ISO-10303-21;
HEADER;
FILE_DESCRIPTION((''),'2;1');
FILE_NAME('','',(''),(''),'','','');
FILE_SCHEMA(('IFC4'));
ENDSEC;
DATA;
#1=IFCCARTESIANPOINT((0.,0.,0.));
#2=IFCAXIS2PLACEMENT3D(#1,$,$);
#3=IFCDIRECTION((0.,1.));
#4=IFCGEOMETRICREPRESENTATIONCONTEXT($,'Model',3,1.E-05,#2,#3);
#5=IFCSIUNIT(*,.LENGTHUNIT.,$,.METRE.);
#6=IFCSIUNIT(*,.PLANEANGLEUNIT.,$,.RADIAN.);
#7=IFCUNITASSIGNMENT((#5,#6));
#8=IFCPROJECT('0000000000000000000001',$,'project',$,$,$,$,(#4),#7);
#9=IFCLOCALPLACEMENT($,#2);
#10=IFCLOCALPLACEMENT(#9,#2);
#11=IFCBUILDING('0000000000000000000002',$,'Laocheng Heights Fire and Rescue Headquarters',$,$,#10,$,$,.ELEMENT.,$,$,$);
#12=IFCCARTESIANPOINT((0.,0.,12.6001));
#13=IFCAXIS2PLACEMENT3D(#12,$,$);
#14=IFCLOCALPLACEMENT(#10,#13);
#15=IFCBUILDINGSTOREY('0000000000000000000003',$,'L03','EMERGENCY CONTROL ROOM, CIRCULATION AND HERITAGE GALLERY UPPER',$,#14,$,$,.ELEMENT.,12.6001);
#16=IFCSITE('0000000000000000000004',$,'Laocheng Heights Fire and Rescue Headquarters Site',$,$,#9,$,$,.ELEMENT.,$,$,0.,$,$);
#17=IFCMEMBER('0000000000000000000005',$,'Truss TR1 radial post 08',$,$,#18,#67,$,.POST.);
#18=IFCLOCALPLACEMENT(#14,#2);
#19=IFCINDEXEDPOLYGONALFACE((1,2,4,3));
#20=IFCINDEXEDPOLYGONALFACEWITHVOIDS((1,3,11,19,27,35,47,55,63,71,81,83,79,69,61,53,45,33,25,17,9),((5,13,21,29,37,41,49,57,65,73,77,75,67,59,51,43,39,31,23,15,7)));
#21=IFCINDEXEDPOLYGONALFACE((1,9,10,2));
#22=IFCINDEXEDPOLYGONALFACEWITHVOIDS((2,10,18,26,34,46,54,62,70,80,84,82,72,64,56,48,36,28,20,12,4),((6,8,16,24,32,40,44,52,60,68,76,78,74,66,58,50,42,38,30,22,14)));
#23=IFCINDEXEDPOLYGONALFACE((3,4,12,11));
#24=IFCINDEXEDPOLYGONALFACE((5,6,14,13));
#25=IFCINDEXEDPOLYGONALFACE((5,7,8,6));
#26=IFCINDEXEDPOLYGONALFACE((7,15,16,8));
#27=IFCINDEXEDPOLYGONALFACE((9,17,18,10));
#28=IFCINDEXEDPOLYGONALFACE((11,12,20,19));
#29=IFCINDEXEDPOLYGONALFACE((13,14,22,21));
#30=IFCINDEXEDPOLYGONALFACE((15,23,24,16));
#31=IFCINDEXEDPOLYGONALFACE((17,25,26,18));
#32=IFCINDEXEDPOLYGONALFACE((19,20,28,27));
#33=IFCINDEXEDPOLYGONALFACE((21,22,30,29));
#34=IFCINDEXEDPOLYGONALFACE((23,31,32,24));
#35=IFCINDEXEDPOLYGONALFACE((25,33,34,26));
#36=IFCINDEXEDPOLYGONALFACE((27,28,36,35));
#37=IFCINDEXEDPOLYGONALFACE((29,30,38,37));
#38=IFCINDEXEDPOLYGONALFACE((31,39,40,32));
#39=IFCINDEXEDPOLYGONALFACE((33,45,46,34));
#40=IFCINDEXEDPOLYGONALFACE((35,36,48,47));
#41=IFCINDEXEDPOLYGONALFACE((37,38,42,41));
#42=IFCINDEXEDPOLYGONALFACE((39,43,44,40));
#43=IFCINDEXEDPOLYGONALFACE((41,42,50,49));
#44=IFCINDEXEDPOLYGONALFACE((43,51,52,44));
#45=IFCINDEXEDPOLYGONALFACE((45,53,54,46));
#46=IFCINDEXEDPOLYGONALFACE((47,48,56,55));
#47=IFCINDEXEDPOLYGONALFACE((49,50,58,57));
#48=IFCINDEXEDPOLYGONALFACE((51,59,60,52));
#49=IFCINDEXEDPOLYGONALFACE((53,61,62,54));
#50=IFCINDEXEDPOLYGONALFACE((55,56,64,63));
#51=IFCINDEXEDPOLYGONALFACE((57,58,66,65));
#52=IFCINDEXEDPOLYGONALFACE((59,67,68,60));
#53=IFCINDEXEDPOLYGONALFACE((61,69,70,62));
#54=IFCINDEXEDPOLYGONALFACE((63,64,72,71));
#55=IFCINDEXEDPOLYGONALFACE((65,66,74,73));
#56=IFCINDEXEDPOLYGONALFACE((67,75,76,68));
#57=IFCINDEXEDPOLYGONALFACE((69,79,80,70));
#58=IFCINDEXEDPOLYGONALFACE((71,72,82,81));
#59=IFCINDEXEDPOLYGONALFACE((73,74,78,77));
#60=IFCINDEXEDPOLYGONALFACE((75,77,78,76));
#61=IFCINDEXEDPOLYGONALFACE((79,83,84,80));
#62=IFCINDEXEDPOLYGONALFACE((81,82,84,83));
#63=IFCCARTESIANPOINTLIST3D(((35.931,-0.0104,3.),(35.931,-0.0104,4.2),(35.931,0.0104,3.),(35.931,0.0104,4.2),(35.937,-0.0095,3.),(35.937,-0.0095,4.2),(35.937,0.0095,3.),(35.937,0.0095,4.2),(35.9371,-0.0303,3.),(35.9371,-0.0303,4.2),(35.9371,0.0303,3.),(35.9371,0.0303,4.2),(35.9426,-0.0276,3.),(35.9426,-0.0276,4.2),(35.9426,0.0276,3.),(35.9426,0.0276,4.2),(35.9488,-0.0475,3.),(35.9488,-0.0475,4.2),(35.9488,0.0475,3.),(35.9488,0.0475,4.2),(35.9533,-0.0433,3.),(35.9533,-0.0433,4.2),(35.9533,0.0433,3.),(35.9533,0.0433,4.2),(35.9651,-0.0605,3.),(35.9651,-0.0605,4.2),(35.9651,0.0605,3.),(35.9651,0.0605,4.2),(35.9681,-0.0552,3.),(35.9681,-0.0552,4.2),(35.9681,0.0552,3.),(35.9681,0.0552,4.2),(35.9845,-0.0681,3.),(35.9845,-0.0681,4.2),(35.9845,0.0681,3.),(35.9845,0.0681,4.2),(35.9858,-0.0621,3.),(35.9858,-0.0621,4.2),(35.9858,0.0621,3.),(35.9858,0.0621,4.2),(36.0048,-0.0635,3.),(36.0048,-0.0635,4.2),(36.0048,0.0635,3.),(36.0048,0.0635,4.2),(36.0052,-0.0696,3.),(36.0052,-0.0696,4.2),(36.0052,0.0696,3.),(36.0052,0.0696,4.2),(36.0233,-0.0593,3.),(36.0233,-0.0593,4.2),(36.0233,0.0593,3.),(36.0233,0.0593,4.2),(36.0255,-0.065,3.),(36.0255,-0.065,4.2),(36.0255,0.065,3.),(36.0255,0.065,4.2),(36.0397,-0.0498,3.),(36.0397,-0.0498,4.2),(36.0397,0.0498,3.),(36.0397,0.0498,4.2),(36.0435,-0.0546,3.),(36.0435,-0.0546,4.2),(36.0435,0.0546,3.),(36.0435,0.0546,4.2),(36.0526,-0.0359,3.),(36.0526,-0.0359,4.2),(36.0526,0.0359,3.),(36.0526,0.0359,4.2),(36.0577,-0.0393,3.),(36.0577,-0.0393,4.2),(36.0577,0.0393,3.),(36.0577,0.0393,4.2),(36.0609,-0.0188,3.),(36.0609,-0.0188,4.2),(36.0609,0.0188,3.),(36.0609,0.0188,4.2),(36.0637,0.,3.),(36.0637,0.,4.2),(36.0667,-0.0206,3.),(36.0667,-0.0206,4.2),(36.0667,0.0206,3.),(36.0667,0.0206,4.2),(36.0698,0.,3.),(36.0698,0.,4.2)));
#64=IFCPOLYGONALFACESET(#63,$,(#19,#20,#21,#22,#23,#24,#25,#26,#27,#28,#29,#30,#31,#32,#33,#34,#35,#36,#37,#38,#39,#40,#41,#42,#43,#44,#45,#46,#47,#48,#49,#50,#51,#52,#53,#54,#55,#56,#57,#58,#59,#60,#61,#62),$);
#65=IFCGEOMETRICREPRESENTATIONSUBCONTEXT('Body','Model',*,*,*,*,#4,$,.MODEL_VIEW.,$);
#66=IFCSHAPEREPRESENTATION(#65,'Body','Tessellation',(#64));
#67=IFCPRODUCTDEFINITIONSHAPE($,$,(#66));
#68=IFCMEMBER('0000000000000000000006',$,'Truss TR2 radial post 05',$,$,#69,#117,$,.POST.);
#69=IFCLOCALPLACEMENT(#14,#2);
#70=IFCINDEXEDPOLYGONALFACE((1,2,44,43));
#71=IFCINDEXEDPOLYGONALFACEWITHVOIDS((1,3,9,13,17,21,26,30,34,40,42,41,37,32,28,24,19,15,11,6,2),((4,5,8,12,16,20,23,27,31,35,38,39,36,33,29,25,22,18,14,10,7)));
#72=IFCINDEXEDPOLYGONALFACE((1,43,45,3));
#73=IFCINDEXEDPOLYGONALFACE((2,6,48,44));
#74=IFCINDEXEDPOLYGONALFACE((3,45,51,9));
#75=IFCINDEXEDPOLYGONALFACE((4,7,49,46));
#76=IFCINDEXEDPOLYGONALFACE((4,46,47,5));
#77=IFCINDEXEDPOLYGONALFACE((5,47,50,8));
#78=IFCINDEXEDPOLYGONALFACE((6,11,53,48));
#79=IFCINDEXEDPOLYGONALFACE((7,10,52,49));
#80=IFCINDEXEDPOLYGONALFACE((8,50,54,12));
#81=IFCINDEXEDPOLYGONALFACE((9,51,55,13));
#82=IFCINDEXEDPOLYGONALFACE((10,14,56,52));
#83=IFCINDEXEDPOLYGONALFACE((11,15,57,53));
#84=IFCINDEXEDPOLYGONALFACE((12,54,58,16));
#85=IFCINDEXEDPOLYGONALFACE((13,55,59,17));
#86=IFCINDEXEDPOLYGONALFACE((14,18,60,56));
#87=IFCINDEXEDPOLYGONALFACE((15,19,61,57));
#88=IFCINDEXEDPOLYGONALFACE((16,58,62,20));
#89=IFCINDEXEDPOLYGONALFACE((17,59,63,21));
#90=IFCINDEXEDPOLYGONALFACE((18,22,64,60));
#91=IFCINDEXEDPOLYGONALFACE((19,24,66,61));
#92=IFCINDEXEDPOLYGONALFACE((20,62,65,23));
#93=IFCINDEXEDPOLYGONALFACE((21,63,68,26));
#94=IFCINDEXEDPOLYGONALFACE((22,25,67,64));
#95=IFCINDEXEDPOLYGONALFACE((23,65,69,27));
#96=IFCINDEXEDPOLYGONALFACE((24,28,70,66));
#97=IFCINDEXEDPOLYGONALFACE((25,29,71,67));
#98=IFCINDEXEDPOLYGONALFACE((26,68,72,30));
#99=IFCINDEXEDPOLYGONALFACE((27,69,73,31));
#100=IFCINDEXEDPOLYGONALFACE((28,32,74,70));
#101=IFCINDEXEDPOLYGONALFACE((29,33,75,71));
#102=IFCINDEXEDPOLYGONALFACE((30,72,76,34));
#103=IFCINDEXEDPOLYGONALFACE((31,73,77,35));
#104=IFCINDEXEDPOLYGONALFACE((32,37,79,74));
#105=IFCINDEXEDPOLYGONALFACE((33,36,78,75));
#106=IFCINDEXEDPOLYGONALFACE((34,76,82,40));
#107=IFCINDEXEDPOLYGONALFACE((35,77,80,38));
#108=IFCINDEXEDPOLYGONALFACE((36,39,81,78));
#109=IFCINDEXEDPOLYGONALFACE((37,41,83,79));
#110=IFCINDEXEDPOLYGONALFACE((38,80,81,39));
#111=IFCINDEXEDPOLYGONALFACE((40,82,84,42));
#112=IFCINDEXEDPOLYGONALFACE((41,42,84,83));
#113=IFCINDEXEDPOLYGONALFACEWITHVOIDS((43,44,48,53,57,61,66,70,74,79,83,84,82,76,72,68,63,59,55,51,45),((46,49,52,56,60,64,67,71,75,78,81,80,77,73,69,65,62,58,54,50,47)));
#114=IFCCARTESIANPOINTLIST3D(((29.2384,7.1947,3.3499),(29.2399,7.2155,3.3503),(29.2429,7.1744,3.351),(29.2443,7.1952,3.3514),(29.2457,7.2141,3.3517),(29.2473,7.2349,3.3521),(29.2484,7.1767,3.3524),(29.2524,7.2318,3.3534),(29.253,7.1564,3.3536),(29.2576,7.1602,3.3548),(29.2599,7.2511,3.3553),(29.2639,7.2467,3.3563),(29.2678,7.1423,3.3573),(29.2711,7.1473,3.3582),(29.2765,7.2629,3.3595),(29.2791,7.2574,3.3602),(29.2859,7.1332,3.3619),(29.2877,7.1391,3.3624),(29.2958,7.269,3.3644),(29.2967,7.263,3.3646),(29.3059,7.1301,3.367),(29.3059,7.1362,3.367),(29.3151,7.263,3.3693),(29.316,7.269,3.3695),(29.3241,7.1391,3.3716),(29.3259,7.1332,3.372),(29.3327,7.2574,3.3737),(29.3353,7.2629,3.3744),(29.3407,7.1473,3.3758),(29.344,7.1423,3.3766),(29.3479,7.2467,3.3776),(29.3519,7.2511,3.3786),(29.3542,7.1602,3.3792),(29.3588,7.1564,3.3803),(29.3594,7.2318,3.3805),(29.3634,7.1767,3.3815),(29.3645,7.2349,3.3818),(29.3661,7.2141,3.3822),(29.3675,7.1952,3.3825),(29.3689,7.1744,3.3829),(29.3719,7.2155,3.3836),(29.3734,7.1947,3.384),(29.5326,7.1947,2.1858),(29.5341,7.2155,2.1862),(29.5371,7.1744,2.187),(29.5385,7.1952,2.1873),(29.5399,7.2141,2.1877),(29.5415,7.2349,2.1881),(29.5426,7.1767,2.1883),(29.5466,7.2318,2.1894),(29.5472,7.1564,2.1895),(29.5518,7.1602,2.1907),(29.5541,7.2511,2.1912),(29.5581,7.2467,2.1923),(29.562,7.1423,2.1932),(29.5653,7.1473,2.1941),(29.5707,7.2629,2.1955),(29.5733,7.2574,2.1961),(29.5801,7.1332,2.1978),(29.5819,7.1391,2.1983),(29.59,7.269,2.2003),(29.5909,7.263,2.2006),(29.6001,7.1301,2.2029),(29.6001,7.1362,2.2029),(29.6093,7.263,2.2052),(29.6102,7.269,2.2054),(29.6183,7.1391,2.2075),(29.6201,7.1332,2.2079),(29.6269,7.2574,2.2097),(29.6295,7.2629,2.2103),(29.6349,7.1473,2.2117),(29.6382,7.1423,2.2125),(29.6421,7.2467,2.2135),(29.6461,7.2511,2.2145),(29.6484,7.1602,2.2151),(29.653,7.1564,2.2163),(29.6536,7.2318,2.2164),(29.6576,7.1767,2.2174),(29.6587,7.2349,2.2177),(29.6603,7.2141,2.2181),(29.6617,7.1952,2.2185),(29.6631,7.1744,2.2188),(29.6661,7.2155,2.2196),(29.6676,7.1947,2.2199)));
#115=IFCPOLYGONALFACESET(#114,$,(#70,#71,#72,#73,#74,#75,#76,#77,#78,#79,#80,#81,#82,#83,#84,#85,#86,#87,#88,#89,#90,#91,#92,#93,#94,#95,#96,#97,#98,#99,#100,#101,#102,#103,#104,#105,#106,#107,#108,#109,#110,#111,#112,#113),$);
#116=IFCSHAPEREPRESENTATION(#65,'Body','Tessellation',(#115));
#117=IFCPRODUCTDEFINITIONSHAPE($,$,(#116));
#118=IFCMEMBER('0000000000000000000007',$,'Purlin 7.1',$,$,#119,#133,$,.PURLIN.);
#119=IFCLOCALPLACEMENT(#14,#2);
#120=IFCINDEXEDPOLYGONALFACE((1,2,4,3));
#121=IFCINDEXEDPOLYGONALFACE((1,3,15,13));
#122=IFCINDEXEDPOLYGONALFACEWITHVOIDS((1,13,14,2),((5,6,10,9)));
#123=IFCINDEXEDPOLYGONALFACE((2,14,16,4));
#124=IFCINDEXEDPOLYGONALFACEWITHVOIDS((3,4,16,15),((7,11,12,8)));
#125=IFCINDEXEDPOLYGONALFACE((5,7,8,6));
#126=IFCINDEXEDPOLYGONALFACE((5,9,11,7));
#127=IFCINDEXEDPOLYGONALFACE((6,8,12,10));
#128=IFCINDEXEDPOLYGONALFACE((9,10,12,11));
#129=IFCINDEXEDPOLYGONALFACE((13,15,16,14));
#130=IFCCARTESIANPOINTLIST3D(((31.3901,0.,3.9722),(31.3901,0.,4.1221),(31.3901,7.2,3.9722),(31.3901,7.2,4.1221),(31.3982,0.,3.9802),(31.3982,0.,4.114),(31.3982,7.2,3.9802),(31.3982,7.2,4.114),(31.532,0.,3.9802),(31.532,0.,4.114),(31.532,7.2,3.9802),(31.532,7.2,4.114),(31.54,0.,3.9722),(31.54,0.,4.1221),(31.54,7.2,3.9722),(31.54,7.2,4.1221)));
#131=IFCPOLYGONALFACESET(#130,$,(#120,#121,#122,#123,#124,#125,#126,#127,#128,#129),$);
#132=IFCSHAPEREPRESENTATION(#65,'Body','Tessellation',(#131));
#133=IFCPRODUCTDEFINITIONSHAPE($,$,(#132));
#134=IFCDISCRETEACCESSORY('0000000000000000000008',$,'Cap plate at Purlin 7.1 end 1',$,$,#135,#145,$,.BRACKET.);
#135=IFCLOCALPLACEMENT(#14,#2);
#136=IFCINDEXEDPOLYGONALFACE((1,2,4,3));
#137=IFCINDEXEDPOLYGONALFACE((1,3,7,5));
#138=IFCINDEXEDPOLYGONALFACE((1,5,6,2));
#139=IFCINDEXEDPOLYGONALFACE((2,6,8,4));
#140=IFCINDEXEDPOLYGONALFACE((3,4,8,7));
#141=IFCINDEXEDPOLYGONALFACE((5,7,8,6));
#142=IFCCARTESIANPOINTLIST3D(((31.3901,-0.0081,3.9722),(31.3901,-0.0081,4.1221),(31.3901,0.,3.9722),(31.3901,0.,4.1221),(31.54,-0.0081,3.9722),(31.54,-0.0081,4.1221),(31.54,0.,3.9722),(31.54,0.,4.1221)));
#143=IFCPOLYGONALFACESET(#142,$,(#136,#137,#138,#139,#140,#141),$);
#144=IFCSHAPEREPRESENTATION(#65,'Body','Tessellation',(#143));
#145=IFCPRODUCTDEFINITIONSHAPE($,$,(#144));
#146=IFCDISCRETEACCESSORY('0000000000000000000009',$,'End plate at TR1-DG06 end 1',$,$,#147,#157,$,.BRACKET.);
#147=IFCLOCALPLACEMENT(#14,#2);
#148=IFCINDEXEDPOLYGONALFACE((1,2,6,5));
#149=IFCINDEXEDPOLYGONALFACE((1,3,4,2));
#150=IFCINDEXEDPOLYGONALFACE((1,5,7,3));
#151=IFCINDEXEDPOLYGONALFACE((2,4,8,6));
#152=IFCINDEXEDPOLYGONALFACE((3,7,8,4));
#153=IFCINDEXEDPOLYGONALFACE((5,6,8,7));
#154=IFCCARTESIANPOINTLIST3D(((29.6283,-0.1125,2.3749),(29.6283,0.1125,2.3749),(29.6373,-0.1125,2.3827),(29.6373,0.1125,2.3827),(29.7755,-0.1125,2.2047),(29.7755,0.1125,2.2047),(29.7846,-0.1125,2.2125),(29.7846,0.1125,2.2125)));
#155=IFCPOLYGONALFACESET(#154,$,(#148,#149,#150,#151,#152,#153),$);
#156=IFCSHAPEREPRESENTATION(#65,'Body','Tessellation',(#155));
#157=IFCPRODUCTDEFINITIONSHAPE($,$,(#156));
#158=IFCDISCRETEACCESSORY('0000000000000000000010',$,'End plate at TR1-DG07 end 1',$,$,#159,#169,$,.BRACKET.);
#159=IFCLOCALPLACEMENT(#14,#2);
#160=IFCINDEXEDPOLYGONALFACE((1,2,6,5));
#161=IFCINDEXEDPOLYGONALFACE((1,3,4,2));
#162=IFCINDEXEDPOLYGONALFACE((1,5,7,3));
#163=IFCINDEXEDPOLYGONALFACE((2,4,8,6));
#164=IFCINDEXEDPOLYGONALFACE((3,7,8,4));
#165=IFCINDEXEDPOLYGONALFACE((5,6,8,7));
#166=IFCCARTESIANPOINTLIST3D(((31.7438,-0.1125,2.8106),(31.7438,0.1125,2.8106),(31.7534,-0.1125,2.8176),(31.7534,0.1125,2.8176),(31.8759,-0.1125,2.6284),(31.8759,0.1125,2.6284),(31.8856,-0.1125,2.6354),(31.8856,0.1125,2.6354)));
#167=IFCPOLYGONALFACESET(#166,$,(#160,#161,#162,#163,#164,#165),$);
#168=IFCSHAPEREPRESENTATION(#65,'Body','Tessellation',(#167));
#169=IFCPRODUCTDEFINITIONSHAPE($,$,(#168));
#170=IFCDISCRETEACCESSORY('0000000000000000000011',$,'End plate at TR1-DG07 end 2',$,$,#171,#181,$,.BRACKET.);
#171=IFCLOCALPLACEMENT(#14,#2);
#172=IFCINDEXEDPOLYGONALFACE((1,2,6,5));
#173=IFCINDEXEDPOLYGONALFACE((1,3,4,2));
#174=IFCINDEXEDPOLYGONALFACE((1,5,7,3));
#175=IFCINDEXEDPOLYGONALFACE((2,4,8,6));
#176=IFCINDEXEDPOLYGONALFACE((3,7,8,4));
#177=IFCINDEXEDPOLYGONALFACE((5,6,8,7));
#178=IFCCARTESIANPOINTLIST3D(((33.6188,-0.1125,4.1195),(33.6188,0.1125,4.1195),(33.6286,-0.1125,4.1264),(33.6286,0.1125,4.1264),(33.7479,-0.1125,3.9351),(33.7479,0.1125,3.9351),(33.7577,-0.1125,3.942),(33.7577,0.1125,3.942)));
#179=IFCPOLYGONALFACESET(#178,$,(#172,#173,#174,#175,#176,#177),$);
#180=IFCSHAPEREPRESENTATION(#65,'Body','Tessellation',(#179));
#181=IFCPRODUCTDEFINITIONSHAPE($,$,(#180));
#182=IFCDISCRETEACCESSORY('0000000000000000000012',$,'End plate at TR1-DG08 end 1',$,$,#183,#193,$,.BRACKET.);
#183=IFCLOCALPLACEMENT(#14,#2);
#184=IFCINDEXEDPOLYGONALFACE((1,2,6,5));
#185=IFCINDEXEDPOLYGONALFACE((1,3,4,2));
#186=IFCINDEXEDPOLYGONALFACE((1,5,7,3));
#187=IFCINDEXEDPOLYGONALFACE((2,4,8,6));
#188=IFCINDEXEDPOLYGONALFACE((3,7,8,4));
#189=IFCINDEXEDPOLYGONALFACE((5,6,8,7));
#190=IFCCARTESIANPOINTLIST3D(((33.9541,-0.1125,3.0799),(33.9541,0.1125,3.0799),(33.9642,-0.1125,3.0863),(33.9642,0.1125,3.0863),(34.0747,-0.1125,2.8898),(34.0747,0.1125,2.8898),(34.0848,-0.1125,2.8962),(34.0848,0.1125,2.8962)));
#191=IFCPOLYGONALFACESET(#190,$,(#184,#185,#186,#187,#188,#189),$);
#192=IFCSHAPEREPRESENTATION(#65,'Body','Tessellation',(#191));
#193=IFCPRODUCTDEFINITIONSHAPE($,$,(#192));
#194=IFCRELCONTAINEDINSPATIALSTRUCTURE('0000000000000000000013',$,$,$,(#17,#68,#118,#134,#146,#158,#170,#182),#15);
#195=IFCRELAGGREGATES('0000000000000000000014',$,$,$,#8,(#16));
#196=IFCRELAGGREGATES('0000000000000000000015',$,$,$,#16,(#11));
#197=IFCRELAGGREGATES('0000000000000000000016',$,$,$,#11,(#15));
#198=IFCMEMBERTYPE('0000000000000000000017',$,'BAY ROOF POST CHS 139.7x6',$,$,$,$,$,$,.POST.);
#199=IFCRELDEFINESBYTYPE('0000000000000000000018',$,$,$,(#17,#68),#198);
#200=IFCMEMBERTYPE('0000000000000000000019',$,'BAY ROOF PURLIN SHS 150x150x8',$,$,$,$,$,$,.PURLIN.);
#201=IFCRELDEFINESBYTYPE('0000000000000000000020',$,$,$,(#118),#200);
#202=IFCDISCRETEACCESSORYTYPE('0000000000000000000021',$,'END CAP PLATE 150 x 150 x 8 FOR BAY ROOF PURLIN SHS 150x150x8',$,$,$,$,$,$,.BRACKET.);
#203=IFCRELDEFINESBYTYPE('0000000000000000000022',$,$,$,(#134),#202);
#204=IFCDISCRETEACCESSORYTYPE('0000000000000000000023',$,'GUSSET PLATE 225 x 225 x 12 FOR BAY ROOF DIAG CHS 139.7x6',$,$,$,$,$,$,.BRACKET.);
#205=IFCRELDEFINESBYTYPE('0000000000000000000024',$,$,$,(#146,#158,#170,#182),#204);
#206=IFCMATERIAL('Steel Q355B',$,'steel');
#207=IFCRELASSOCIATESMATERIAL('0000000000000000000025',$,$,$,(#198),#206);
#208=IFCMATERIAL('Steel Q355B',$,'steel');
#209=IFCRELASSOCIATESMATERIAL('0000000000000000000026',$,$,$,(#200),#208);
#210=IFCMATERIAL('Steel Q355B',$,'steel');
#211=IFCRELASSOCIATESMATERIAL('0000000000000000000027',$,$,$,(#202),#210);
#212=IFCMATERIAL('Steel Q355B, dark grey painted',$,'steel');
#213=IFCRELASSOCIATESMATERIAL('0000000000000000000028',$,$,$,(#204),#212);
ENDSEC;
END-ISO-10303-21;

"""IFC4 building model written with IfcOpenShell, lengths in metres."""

from ifc_helpers import new_model, si_unit, direction, frame, origin, origin_2d, place, context, subcontext, project, spatial, rectangle, hollow_rectangle, hollow_circle, extrude, material, material_profile, profile_set, type_object, element, save


model = new_model("IFC4")

# Units and contexts
model_context = context("Model", 3, precision=1e-05, world=origin(), true_north=direction((0.0, 1.0)))
body_context = subcontext(model_context, "Body", "Model", "MODEL_VIEW")
ifc_project = project(units=[si_unit("LENGTHUNIT", "METRE"), si_unit("PLANEANGLEUNIT", "RADIAN")], contexts=[model_context])

# Site, building, storey
site_placement = place(None, origin())
site = spatial("IfcSite", under=ifc_project, at=site_placement, Name="Laocheng Heights Fire and Rescue Headquarters Site", CompositionType="ELEMENT", RefElevation=0.0)
building_placement = place(site_placement, origin())
building = spatial("IfcBuilding", under=site, at=building_placement, Name="Laocheng Heights Fire and Rescue Headquarters", CompositionType="ELEMENT")
storey_placement = place(building_placement, frame((0.0, 0.0, 12.6001)))
storey = spatial("IfcBuildingStorey", under=building, at=storey_placement, Name="L03", Description="EMERGENCY CONTROL ROOM, CIRCULATION AND HERITAGE GALLERY UPPER", CompositionType="ELEMENT", Elevation=12.6001)

# Members
ifc_material_1 = material(Name="Steel Q355B", Category="steel")
ifc_material_profile_1 = material_profile(ifc_material_1, hollow_circle(Radius=0.0698, WallThickness=0.0061, at=origin_2d()), Name="CHS 139.7x6")
ifc_profile_set_1 = profile_set([ifc_material_profile_1], Name="Steel Q355B")
member_type_1 = type_object("IfcMemberType", Name="BAY ROOF POST CHS 139.7x6", PredefinedType="POST", material=ifc_profile_set_1)
for number, where, z_axis, x_axis, name in (
    (1, (36.0, 0.0, 3.0), (0.0, 0.0, 1.0), (1.0, 0.0, 0.0), "Truss TR1 radial post 08"),
):
    element("IfcMember", number, at=place(storey_placement, frame(where, z_axis=z_axis, x_axis=x_axis)), inside=storey, type_object=member_type_1, Name=name, PredefinedType="POST", context=body_context, shape_type="SweptSolid", body=[
        extrude(hollow_circle(Radius=0.0698, WallThickness=0.0061, at=origin_2d()), origin(), (0.0, 0.0, 1.0), 1.2),
    ])
member_1_placement = place(storey_placement, frame((29.6001, 7.2, 2.2029), z_axis=(-0.245023, 0.0, 0.969517), x_axis=(0.0, -1.0, 0.0)))
element("IfcMember", 2, at=member_1_placement, inside=storey, type_object=member_type_1, Name="Truss TR2 radial post 05", PredefinedType="POST", context=body_context, shape_type="SweptSolid", body=[
    extrude(hollow_circle(Radius=0.0698, WallThickness=0.0061, at=origin_2d()), origin(), (0.0, 0.0, 1.0), 1.2007),
])
ifc_material_2 = material(Name="Steel Q355B", Category="steel")
ifc_material_profile_2 = material_profile(ifc_material_2, hollow_rectangle(XDim=0.1499, YDim=0.1499, WallThickness=0.0081, at=origin_2d()), Name="SHS 150x150x8")
ifc_profile_set_2 = profile_set([ifc_material_profile_2], Name="Steel Q355B")
member_type_2 = type_object("IfcMemberType", Name="BAY ROOF PURLIN SHS 150x150x8", PredefinedType="PURLIN", material=ifc_profile_set_2)
member_2_placement = place(storey_placement, frame((31.4651, 0.0, 4.0471), z_axis=(0.0, 1.0, 0.0), x_axis=(-1.0, 0.0, 0.0)))
element("IfcMember", 3, at=member_2_placement, inside=storey, type_object=member_type_2, Name="Purlin 7.1", PredefinedType="PURLIN", context=body_context, shape_type="SweptSolid", body=[
    extrude(hollow_rectangle(XDim=0.1499, YDim=0.1499, WallThickness=0.0081, at=origin_2d()), origin(), (0.0, 0.0, 1.0), 7.2),
])

# Discrete accessories
ifc_material_3 = material(Name="Steel Q355B", Category="steel")
ifc_material_profile_3 = material_profile(ifc_material_3, rectangle(XDim=0.1499, YDim=0.1499, at=origin_2d()), Name="END CAP PLATE 150 x 150 x 8 FOR BAY ROOF PURLIN SHS 150x150x8")
ifc_profile_set_3 = profile_set([ifc_material_profile_3], Name="Steel Q355B")
discrete_accessory_type_1 = type_object("IfcDiscreteAccessoryType", Name="END CAP PLATE 150 x 150 x 8 FOR BAY ROOF PURLIN SHS 150x150x8", PredefinedType="BRACKET", material=ifc_profile_set_3)
discrete_accessory_placement = place(storey_placement, frame((31.4651, -0.0081, 4.0471), z_axis=(0.0, 1.0, 0.0), x_axis=(-1.0, 0.0, 0.0)))
element("IfcDiscreteAccessory", 4, at=discrete_accessory_placement, inside=storey, type_object=discrete_accessory_type_1, Name="Cap plate at Purlin 7.1 end 1", PredefinedType="BRACKET", context=body_context, shape_type="SweptSolid", body=[
    extrude(rectangle(XDim=0.1499, YDim=0.1499, at=origin_2d()), origin(), (0.0, 0.0, 1.0), 0.0081),
])
ifc_material_4 = material(Name="Steel Q355B, dark grey painted", Category="steel")
ifc_material_profile_4 = material_profile(ifc_material_4, rectangle(XDim=0.2251, YDim=0.2251, at=origin_2d()), Name="GUSSET PLATE 225 x 225 x 12 FOR BAY ROOF DIAG CHS 139.7x6")
ifc_profile_set_4 = profile_set([ifc_material_profile_4], Name="Steel Q355B, dark grey painted")
discrete_accessory_type_2 = type_object("IfcDiscreteAccessoryType", Name="GUSSET PLATE 225 x 225 x 12 FOR BAY ROOF DIAG CHS 139.7x6", PredefinedType="BRACKET", material=ifc_profile_set_4)
for number, where, z_axis, x_axis, name in (
    (5, (29.7019, 0.0, 2.2898), (0.756363, 0.0, 0.654152), (0.0, 1.0, 0.0), "End plate at TR1-DG06 end 1"),
    (6, (31.8098, 0.0, 2.7195), (0.80961, 0.0, 0.586968), (0.0, 1.0, 0.0), "End plate at TR1-DG07 end 1"),
    (7, (33.6833, 0.0, 4.0273), (0.819232, 0.0, 0.573462), (0.0, 1.0, 0.0), "End plate at TR1-DG07 end 2"),
    (8, (34.0144, 0.0, 2.9849), (0.844509, 0.0, 0.535542), (0.0, 1.0, 0.0), "End plate at TR1-DG08 end 1"),
):
    element("IfcDiscreteAccessory", number, at=place(storey_placement, frame(where, z_axis=z_axis, x_axis=x_axis)), inside=storey, type_object=discrete_accessory_type_2, Name=name, PredefinedType="BRACKET", context=body_context, shape_type="SweptSolid", body=[
        extrude(rectangle(XDim=0.2251, YDim=0.2251, at=origin_2d()), origin(), (0.0, 0.0, 1.0), 0.012),
    ])

save(model, "model.ifc")
